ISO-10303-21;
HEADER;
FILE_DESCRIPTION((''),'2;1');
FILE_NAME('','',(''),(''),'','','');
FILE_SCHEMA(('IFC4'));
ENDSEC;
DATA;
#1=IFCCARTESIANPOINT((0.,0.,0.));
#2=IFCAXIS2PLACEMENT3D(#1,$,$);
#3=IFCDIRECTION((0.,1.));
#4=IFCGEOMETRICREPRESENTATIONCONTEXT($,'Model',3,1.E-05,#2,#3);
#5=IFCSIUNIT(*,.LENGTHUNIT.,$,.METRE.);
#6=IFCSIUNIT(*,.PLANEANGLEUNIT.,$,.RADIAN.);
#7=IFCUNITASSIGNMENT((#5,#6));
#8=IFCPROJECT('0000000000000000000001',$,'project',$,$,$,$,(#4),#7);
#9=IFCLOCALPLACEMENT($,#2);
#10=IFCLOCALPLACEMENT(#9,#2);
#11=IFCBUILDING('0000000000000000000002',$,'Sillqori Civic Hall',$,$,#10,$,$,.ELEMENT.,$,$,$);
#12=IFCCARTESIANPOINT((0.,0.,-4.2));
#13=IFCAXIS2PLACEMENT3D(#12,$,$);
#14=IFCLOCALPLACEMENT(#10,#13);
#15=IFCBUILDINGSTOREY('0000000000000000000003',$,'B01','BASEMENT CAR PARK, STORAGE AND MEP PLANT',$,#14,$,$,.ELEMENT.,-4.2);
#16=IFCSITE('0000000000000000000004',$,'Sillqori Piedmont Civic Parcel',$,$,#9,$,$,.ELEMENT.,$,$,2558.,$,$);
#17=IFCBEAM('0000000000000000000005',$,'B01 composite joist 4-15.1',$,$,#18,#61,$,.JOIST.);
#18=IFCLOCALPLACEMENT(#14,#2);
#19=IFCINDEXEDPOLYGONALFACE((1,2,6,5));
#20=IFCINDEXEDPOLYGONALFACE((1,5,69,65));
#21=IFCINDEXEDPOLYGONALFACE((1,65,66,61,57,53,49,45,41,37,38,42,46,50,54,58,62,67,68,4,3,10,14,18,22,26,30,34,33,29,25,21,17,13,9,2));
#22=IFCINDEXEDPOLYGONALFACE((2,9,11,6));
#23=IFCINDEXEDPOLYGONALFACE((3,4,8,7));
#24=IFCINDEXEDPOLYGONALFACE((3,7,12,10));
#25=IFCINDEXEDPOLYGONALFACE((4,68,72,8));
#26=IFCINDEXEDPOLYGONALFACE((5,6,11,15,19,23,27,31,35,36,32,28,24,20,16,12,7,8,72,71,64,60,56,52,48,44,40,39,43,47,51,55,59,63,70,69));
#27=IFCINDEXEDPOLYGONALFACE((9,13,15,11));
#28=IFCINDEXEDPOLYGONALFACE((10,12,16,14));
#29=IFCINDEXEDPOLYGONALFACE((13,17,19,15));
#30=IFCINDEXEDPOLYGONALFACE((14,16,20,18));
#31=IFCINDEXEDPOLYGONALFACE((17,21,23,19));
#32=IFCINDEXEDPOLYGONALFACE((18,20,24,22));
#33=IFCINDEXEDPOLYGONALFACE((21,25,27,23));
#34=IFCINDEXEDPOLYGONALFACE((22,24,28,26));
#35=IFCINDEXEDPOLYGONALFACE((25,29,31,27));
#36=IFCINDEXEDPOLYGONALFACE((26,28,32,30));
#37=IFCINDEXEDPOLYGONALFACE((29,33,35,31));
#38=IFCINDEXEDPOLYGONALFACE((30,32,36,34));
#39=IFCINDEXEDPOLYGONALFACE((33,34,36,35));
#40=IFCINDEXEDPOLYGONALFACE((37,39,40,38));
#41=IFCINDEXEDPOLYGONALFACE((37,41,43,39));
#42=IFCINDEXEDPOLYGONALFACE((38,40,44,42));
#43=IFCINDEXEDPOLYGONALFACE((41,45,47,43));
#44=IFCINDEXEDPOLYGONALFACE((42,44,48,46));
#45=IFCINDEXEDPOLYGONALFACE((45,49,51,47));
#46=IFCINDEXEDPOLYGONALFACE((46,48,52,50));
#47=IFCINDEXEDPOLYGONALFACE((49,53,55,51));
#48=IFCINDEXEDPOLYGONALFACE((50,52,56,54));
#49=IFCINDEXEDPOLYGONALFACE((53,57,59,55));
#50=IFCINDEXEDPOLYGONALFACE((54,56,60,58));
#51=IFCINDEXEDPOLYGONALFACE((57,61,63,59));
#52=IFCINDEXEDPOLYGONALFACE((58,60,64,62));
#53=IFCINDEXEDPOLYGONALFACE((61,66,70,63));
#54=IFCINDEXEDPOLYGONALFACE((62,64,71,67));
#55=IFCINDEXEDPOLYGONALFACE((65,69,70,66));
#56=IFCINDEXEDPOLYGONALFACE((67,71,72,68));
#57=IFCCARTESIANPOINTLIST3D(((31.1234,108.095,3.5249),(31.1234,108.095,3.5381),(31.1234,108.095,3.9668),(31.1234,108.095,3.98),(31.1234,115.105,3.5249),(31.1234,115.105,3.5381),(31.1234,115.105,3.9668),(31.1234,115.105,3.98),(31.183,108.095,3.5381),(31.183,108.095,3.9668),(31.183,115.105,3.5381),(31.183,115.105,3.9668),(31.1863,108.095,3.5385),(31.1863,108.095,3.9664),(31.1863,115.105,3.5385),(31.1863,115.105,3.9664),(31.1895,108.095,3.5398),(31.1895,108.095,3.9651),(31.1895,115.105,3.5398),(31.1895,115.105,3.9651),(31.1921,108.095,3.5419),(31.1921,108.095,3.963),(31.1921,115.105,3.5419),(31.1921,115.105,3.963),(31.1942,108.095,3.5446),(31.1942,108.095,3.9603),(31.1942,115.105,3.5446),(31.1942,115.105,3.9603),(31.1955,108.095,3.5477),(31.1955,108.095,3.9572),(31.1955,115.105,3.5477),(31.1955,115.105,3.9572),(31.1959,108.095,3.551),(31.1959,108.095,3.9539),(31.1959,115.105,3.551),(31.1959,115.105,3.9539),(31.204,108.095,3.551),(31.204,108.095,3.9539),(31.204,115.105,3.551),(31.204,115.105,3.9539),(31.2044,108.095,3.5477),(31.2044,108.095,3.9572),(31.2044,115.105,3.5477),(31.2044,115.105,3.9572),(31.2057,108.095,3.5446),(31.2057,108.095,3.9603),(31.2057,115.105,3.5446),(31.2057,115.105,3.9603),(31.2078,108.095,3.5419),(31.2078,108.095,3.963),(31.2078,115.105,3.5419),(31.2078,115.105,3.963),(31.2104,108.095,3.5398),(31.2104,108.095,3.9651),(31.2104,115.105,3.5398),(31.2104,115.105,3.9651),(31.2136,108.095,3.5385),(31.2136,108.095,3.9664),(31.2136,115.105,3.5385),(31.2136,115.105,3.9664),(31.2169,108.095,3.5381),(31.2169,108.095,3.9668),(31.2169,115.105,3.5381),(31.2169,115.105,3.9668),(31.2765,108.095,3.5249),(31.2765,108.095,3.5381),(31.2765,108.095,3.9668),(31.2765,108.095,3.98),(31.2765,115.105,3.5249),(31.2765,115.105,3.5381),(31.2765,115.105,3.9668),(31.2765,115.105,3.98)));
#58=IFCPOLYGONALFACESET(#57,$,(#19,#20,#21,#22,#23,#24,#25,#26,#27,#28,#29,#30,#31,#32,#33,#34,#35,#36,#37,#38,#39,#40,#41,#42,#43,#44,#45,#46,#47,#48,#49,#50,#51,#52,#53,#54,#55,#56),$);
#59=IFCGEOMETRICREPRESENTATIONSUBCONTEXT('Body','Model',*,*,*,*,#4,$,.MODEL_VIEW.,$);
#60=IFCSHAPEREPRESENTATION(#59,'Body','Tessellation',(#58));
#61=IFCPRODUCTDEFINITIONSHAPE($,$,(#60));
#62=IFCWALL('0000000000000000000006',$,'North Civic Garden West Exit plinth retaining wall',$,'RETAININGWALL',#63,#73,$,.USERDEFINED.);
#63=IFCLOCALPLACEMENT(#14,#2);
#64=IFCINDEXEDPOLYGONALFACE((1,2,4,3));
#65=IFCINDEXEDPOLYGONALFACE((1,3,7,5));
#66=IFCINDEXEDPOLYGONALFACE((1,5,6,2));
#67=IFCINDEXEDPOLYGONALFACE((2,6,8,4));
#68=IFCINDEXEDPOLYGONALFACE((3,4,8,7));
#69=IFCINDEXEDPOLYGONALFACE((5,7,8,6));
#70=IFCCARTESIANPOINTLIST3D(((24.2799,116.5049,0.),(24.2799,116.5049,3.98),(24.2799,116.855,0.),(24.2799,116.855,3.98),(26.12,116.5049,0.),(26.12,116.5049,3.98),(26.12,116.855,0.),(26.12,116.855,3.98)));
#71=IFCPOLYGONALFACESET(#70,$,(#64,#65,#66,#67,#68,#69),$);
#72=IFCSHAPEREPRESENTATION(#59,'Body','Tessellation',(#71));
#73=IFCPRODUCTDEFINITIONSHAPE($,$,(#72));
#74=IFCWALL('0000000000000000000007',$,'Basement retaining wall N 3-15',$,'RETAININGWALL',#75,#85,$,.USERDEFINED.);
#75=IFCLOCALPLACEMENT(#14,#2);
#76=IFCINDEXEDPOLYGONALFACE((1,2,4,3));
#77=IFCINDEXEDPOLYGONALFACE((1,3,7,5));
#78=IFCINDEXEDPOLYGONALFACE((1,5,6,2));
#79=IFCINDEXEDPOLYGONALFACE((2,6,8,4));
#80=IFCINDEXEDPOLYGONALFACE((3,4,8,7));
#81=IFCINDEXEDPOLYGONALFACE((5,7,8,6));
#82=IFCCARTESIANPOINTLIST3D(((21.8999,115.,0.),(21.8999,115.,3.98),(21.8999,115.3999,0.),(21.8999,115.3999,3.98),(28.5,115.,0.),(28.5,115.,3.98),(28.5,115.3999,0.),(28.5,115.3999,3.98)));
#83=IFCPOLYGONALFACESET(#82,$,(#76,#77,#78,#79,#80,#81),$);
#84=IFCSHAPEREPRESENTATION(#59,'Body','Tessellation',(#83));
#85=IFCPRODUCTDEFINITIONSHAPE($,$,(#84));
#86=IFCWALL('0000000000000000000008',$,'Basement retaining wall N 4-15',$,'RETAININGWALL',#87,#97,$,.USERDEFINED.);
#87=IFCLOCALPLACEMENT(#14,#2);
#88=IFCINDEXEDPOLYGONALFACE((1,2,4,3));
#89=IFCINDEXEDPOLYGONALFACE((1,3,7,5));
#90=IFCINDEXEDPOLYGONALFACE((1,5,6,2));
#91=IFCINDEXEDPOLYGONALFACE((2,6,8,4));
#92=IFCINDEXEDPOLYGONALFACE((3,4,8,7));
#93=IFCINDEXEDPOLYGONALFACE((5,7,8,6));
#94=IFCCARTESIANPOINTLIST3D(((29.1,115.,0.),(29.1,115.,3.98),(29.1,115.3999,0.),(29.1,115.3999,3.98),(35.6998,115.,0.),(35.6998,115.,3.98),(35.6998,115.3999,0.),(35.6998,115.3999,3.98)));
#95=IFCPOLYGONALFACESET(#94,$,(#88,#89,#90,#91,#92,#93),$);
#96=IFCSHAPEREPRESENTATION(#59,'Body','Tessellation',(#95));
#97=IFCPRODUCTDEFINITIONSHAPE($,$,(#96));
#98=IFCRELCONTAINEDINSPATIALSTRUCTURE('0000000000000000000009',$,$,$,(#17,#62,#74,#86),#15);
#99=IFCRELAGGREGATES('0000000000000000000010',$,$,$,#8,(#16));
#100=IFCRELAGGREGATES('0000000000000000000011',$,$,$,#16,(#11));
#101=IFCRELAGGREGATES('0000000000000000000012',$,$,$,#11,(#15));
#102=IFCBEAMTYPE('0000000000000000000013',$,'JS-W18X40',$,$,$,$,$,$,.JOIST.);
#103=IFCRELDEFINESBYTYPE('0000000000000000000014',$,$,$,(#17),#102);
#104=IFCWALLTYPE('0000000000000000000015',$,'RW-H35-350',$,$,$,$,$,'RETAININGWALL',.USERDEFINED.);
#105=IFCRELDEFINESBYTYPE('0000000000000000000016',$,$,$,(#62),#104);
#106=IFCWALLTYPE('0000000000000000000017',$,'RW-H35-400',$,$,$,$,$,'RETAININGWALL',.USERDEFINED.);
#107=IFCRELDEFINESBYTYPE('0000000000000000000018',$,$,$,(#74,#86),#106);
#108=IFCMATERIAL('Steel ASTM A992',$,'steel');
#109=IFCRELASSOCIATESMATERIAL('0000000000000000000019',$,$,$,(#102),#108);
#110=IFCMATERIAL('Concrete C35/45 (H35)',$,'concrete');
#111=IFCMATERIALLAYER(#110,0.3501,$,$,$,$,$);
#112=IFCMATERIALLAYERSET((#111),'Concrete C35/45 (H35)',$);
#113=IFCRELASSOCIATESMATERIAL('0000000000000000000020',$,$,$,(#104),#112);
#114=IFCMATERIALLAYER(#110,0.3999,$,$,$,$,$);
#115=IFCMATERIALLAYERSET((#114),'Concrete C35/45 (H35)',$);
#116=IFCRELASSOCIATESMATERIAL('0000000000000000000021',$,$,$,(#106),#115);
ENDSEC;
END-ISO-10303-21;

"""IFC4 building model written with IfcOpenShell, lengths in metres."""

from ifc_helpers import new_model, si_unit, direction, frame, frame_2d, origin, origin_2d, place, context, subcontext, project, spatial, rectangle, i_section, extrude, material, layer, layer_set, material_profile, profile_set, type_object, element, save


model = new_model("IFC4")

# Units and contexts
model_context = context("Model", 3, precision=1e-05, world=origin(), true_north=direction((0.0, 1.0)))
body_context = subcontext(model_context, "Body", "Model", "MODEL_VIEW")
ifc_project = project(units=[si_unit("LENGTHUNIT", "METRE"), si_unit("PLANEANGLEUNIT", "RADIAN")], contexts=[model_context])

# Site, building, storey
site_placement = place(None, origin())
site = spatial("IfcSite", under=ifc_project, at=site_placement, Name="Sillqori Piedmont Civic Parcel", CompositionType="ELEMENT", RefElevation=2558.0)
building_placement = place(site_placement, origin())
building = spatial("IfcBuilding", under=site, at=building_placement, Name="Sillqori Civic Hall", CompositionType="ELEMENT")
storey_placement = place(building_placement, frame((0.0, 0.0, -4.2)))
storey = spatial("IfcBuildingStorey", under=building, at=storey_placement, Name="B01", Description="BASEMENT CAR PARK, STORAGE AND MEP PLANT", CompositionType="ELEMENT", Elevation=-4.2)

# Shared definitions
ifc_material_1 = material(Name="Concrete C35/45 (H35)", Category="concrete")

# Beam
ifc_material_2 = material(Name="Steel ASTM A992", Category="steel")
ifc_material_profile_1 = material_profile(ifc_material_2, i_section(OverallWidth=0.1531, OverallDepth=0.4551, WebThickness=0.0081, FlangeThickness=0.0132, FilletRadius=0.0129, at=origin_2d()), Name="W18X40")
ifc_profile_set_1 = profile_set([ifc_material_profile_1], Name="Steel ASTM A992")
beam_type_1 = type_object("IfcBeamType", Name="JS-W18X40", PredefinedType="JOIST", material=ifc_profile_set_1)
for number, where, z_axis, x_axis, name in (
    (1, (31.2, 108.095, 3.7524), (0.0, 1.0, 0.0), (-1.0, 0.0, 0.0), "B01 composite joist 4-15.1"),
):
    element("IfcBeam", number, at=place(storey_placement, frame(where, z_axis=z_axis, x_axis=x_axis)), inside=storey, type_object=beam_type_1, Name=name, PredefinedType="JOIST", context=body_context, shape_type="SweptSolid", body=[
        extrude(i_section(OverallWidth=0.1531, OverallDepth=0.4551, WebThickness=0.0081, FlangeThickness=0.0132, FilletRadius=0.0129, at=origin_2d()), origin(), (0.0, 0.0, 1.0), 7.01),
    ])

# Walls
ifc_layer_1 = layer(ifc_material_1, 0.3501)
ifc_layer_set_1 = layer_set([ifc_layer_1], Name="Concrete C35/45 (H35)")
wall_type_1 = type_object("IfcWallType", Name="RW-H35-350", ElementType="RETAININGWALL", PredefinedType="USERDEFINED", material=ifc_layer_set_1)
wall_1_placement = place(storey_placement, frame((24.28, 116.6799, 0.0), z_axis=(0.0, 0.0, 1.0), x_axis=(1.0, 0.0, 0.0)))
element("IfcWall", 2, at=wall_1_placement, inside=storey, type_object=wall_type_1, Name="North Civic Garden West Exit plinth retaining wall", ObjectType="RETAININGWALL", PredefinedType="USERDEFINED", context=body_context, shape_type="SweptSolid", body=[
    extrude(rectangle(XDim=1.8401, YDim=0.3501, at=frame_2d((0.9199, 0.0))), origin(), (0.0, 0.0, 1.0), 3.98),
])
ifc_layer_2 = layer(ifc_material_1, 0.3999)
ifc_layer_set_2 = layer_set([ifc_layer_2], Name="Concrete C35/45 (H35)")
wall_type_2 = type_object("IfcWallType", Name="RW-H35-400", ElementType="RETAININGWALL", PredefinedType="USERDEFINED", material=ifc_layer_set_2)
wall_2_placement = place(storey_placement, frame((21.8999, 115.2, 0.0), z_axis=(0.0, 0.0, 1.0), x_axis=(1.0, 0.0, 0.0)))
element("IfcWall", 3, at=wall_2_placement, inside=storey, type_object=wall_type_2, Name="Basement retaining wall N 3-15", ObjectType="RETAININGWALL", PredefinedType="USERDEFINED", context=body_context, shape_type="SweptSolid", body=[
    extrude(rectangle(XDim=6.6001, YDim=0.3999, at=frame_2d((3.3, 0.0))), origin(), (0.0, 0.0, 1.0), 3.98),
])
wall_3_placement = place(storey_placement, frame((29.1001, 115.2, 0.0), z_axis=(0.0, 0.0, 1.0), x_axis=(1.0, 0.0, 0.0)))
element("IfcWall", 4, at=wall_3_placement, inside=storey, type_object=wall_type_2, Name="Basement retaining wall N 4-15", ObjectType="RETAININGWALL", PredefinedType="USERDEFINED", context=body_context, shape_type="SweptSolid", body=[
    extrude(rectangle(XDim=6.5999, YDim=0.3999, at=frame_2d((3.2998, 0.0))), origin(), (0.0, 0.0, 1.0), 3.98),
])

save(model, "model.ifc")
